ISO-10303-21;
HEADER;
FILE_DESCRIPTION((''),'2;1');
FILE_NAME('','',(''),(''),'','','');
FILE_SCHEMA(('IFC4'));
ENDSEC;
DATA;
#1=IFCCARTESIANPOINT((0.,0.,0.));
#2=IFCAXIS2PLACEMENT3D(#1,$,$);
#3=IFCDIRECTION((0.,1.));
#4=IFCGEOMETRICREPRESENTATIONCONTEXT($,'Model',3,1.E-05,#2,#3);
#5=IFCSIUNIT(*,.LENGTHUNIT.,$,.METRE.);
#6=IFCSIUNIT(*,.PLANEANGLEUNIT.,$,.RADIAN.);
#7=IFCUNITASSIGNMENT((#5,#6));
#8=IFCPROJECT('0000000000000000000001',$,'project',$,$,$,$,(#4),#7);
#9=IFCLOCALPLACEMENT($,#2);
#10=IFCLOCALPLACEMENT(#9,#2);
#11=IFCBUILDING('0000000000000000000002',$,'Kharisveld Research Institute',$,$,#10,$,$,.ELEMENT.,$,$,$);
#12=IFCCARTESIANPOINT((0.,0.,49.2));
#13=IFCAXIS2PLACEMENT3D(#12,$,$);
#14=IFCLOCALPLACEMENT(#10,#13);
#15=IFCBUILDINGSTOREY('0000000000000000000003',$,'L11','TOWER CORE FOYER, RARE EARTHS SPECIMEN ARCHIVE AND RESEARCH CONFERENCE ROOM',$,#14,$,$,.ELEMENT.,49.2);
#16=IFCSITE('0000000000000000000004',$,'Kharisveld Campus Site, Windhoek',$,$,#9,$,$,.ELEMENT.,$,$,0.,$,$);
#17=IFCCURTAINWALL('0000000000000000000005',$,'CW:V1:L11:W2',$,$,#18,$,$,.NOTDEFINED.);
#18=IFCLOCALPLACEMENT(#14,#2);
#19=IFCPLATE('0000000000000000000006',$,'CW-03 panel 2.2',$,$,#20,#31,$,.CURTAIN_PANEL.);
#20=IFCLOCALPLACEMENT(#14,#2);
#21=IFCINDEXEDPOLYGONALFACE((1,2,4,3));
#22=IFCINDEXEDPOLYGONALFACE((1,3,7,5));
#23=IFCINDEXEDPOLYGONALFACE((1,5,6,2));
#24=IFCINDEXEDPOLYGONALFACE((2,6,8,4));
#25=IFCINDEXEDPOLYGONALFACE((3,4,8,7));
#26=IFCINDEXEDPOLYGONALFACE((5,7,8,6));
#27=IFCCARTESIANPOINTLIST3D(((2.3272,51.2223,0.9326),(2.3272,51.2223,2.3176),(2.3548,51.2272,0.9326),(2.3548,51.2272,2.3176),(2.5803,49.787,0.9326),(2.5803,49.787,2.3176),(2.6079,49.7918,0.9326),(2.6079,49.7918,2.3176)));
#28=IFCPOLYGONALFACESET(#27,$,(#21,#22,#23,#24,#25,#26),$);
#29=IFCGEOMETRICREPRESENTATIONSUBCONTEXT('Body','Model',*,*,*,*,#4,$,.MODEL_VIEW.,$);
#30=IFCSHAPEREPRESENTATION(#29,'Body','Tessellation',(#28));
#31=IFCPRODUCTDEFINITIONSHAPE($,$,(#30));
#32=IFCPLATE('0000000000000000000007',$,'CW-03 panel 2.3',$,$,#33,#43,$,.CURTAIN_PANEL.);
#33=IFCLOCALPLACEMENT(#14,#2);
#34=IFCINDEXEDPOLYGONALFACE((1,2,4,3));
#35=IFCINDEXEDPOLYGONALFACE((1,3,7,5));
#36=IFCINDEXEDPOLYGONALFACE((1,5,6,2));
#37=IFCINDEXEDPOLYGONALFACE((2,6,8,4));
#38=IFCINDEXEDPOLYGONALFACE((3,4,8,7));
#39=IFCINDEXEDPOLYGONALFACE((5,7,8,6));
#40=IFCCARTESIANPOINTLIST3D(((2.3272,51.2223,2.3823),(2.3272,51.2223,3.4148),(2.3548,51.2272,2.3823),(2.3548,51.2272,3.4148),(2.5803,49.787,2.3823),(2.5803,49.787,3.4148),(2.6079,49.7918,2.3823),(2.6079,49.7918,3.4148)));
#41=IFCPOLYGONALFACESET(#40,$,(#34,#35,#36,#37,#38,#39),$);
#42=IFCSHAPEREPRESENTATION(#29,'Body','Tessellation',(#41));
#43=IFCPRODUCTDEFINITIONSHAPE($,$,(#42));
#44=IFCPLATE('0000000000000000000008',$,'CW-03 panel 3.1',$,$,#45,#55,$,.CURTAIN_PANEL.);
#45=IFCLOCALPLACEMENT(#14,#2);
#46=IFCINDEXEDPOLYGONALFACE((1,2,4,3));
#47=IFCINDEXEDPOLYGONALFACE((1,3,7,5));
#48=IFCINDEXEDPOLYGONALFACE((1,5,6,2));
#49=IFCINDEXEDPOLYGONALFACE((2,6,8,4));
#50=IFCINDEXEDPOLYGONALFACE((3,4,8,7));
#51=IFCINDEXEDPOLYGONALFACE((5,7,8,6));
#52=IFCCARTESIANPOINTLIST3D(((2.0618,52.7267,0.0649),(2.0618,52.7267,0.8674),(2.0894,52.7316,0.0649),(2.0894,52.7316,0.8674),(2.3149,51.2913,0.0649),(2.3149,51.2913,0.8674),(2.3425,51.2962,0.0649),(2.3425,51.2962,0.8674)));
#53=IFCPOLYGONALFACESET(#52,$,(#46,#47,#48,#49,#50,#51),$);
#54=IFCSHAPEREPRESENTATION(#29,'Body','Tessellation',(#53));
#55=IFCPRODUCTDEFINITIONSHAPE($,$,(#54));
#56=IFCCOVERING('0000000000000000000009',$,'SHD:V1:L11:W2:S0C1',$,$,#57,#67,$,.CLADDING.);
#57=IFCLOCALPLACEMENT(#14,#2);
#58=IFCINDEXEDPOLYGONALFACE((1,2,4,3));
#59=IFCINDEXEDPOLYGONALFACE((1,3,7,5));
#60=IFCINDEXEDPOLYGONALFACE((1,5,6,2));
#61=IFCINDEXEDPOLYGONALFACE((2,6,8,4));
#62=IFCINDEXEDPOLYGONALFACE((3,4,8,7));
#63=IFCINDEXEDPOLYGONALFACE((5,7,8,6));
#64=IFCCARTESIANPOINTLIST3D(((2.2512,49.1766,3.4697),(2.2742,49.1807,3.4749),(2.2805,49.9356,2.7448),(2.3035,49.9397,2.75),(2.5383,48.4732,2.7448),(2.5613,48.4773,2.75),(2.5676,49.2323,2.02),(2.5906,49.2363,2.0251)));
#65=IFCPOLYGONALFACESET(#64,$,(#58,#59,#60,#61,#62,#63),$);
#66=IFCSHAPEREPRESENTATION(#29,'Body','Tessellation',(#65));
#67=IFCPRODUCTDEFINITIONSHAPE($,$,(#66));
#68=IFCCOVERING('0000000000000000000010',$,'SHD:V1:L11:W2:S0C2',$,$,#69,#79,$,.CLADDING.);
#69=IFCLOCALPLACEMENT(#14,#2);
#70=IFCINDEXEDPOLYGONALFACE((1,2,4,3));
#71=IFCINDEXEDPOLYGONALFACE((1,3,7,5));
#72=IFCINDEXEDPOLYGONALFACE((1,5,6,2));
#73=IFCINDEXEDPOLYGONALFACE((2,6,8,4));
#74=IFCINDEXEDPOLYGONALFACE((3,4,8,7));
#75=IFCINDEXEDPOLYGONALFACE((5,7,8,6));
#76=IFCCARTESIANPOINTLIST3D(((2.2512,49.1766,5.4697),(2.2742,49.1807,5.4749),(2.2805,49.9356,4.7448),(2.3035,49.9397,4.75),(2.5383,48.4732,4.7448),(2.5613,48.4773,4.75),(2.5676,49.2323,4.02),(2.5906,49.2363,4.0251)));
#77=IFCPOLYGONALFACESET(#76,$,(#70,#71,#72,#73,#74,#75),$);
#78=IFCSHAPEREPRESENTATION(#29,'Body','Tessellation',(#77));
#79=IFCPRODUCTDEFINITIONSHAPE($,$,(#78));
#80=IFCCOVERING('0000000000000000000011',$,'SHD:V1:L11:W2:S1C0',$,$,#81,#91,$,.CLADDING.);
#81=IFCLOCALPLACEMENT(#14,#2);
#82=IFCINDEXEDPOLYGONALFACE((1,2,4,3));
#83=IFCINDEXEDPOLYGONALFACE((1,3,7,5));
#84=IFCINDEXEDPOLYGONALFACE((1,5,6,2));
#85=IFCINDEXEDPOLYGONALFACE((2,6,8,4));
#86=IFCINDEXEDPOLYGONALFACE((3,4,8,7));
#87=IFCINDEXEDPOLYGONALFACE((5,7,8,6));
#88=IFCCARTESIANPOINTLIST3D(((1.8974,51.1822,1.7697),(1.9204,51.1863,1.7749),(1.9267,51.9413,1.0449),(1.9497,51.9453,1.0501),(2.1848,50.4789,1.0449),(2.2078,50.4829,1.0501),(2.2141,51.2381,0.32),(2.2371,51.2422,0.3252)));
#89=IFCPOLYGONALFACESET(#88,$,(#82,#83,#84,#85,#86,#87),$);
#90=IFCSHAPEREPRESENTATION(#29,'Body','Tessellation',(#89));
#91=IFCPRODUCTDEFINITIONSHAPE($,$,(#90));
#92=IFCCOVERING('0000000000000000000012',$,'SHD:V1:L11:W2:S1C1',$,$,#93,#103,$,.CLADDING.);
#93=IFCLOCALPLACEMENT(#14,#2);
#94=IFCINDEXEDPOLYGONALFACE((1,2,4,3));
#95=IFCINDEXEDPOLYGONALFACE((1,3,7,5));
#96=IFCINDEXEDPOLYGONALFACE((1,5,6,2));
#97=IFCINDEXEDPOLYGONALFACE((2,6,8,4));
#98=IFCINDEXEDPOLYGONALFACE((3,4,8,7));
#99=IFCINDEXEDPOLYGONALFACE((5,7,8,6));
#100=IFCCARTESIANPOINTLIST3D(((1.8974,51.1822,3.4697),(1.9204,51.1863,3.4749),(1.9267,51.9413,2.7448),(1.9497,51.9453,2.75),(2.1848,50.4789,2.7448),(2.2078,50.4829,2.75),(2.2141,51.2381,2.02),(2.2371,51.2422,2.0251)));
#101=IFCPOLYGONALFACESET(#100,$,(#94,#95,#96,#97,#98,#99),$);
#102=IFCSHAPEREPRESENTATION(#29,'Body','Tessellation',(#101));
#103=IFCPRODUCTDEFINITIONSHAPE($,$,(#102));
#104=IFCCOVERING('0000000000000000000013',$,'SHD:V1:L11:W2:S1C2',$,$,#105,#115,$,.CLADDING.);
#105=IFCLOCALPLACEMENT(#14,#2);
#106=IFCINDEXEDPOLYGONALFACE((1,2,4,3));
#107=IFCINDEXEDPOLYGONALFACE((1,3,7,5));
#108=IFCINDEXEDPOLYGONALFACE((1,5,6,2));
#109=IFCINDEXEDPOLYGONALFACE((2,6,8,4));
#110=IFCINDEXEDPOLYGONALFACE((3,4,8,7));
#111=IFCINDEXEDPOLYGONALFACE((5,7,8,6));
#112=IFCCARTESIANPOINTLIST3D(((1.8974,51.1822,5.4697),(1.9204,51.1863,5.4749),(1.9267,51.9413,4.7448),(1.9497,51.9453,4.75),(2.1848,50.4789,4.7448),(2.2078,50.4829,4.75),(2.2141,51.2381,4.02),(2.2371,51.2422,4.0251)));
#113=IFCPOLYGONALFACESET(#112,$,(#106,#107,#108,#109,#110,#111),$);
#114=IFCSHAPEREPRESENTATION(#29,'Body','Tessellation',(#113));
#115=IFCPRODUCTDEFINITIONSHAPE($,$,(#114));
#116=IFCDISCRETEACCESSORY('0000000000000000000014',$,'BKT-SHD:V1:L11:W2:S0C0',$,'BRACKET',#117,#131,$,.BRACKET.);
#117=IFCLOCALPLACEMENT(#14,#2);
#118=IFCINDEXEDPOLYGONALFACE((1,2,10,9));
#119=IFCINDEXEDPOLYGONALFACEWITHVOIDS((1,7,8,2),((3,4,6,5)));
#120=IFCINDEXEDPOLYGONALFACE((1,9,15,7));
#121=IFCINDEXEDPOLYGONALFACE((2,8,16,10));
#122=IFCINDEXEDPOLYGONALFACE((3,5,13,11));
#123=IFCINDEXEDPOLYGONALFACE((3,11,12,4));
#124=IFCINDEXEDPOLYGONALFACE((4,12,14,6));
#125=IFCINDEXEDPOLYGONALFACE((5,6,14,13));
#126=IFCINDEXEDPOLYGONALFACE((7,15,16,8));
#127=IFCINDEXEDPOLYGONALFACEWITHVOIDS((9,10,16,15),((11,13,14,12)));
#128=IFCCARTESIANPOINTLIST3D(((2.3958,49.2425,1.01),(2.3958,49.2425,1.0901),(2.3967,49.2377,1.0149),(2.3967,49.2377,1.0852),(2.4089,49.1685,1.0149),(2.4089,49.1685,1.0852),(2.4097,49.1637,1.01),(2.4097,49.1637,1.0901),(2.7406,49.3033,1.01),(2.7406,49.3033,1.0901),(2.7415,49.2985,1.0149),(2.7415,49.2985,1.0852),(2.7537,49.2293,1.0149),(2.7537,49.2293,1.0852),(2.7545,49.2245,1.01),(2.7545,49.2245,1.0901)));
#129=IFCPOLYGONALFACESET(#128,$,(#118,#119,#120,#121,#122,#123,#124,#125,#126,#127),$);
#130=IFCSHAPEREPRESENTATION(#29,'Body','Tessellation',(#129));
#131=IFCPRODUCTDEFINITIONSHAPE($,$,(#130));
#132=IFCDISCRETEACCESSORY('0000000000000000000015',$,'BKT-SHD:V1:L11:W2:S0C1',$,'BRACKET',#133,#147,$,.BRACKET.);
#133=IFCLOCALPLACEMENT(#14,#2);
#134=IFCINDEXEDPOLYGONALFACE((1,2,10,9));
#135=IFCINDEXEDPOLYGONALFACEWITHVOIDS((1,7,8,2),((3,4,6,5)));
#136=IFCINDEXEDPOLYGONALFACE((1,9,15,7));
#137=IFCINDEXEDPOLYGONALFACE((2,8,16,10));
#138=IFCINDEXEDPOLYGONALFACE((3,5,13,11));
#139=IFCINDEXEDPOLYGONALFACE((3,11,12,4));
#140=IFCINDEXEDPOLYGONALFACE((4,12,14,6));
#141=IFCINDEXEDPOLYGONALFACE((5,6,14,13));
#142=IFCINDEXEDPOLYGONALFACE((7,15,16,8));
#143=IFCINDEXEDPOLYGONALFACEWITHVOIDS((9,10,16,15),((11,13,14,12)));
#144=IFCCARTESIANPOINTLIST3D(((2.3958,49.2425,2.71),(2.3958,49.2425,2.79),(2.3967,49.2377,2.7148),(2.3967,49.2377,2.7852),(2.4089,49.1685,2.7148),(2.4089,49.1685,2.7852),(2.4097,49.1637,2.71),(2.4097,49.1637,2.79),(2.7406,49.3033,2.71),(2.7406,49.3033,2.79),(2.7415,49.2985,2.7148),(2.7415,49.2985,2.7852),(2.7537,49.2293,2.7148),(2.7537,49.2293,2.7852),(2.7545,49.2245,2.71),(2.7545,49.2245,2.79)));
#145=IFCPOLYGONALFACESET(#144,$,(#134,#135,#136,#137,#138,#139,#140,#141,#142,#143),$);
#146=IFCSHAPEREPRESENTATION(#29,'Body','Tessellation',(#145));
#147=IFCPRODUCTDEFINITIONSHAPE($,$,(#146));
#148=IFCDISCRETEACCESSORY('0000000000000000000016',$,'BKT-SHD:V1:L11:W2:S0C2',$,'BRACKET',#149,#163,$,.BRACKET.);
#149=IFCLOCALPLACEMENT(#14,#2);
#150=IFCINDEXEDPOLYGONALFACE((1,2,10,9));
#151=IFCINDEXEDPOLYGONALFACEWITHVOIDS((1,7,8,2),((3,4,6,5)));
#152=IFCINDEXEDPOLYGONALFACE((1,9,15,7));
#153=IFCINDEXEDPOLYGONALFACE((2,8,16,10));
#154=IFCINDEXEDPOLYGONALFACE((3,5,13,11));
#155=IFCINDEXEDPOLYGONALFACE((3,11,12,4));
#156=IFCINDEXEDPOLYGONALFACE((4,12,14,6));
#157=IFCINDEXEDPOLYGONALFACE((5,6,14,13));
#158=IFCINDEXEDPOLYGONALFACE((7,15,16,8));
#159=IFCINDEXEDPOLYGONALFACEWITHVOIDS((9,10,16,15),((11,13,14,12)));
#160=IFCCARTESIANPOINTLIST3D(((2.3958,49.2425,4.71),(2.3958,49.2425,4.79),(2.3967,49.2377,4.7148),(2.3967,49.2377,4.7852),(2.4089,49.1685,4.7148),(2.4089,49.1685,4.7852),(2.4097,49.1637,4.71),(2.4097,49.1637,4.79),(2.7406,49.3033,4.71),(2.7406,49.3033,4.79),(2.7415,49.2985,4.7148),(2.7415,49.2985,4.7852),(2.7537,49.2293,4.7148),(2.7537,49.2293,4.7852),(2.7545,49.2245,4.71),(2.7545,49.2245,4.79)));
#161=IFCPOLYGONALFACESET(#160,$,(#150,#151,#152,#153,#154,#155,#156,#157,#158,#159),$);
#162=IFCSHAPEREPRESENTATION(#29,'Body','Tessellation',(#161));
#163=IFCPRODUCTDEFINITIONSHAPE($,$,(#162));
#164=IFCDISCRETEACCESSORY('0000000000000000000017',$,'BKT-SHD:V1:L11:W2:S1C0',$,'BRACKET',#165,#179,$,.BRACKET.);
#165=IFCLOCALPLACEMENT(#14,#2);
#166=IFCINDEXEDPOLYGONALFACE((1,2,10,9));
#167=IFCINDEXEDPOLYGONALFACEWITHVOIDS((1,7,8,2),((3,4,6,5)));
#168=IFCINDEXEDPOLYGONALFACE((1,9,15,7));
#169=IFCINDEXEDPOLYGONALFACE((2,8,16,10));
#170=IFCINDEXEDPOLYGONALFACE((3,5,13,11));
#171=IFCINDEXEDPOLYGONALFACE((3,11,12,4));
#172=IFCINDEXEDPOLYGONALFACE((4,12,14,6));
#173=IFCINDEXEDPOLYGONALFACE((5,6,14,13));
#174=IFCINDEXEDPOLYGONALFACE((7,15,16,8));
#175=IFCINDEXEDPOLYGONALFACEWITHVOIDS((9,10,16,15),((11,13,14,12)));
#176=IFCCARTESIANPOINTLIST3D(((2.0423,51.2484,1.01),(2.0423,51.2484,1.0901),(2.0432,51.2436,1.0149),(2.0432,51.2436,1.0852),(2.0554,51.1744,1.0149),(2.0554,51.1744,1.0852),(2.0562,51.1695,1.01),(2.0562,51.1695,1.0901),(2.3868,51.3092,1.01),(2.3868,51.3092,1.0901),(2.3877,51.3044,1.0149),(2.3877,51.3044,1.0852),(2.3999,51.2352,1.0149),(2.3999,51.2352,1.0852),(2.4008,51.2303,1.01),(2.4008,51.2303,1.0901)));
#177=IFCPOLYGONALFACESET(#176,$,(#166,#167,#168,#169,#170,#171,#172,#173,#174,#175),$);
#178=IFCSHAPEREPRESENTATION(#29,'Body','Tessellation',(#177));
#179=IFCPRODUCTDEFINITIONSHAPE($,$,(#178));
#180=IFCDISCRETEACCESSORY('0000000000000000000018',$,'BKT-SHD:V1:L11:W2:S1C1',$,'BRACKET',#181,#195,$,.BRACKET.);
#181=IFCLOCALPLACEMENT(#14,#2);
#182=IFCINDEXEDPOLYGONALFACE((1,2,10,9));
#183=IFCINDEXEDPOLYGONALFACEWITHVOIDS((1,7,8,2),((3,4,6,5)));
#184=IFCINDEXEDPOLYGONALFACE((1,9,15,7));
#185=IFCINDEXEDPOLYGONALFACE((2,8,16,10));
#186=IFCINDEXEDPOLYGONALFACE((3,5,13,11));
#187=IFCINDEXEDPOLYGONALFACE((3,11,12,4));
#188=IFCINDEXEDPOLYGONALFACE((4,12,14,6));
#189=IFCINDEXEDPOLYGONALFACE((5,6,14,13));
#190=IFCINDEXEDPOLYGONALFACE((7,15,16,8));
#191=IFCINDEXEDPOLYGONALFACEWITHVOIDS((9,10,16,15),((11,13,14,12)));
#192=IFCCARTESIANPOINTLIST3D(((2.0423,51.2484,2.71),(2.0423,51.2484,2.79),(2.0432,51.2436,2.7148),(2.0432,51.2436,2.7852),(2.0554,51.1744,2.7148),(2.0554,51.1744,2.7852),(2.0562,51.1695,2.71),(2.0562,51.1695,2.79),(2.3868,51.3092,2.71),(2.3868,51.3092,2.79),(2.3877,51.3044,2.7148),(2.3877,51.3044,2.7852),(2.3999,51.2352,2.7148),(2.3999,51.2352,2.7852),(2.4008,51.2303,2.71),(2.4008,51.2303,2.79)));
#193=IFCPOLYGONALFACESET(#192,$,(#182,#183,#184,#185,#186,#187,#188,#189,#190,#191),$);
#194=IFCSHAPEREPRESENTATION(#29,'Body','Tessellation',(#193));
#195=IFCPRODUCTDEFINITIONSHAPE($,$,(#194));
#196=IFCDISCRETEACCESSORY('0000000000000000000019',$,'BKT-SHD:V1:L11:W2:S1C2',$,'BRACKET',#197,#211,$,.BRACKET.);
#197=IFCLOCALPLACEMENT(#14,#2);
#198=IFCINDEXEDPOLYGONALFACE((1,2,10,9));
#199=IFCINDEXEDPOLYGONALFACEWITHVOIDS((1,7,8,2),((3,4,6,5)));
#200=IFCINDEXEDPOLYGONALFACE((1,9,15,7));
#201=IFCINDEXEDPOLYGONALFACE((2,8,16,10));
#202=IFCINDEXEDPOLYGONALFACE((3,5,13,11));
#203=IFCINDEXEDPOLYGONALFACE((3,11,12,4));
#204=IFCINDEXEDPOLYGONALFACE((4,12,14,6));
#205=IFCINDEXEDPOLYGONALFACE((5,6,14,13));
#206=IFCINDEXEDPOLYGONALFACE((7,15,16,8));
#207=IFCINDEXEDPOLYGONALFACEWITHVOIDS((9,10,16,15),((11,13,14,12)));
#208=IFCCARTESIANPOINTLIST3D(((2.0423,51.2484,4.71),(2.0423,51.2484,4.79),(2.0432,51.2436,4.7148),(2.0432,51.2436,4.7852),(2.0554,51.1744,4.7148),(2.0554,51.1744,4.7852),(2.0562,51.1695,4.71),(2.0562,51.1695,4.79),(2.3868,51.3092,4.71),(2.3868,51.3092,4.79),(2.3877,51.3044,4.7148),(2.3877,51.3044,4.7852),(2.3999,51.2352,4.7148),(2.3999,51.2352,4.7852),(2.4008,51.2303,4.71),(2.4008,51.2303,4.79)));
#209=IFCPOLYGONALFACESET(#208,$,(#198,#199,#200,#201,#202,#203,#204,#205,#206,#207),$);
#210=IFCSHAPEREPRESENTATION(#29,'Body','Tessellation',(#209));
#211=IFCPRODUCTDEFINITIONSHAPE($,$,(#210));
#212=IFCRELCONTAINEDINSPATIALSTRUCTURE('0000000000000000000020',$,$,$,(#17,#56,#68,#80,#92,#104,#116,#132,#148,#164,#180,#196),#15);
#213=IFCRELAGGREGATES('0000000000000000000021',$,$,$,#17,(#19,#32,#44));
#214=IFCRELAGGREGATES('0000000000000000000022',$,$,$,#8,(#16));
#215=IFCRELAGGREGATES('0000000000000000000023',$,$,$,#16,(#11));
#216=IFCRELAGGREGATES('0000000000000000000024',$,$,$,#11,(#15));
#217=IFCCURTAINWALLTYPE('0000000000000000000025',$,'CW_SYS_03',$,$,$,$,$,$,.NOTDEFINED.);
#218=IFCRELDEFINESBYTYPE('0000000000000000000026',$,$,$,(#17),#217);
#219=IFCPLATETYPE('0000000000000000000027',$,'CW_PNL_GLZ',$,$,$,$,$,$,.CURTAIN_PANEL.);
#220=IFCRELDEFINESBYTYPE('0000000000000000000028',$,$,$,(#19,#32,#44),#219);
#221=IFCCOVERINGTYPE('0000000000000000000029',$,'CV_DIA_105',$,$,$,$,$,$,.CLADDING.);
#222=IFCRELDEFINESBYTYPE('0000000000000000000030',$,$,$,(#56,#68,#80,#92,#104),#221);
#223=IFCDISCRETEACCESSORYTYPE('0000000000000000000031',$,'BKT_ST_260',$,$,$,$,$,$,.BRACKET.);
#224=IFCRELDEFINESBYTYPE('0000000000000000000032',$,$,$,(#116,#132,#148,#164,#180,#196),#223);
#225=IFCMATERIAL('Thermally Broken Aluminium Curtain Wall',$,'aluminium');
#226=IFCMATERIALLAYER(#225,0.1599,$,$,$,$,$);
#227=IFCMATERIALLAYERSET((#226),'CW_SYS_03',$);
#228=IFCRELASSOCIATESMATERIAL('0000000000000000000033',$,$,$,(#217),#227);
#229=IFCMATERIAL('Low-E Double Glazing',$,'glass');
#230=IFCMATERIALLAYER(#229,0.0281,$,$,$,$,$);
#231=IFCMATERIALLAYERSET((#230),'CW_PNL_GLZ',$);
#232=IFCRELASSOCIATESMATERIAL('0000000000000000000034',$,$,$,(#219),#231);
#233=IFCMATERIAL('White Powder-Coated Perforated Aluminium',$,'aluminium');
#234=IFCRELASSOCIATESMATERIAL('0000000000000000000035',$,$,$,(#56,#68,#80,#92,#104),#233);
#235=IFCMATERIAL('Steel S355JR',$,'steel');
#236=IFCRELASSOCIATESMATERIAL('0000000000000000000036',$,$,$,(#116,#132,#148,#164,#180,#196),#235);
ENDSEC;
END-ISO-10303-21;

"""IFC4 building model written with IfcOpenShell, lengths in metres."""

from ifc_helpers import new_model, si_unit, direction, frame, origin, origin_2d, place, context, subcontext, project, spatial, polyline, rectangle, hollow_rectangle, outline, extrude, material, layer, layer_set, type_object, element, aggregate, save


model = new_model("IFC4")

# Units and contexts
model_context = context("Model", 3, precision=1e-05, world=origin(), true_north=direction((0.0, 1.0)))
body_context = subcontext(model_context, "Body", "Model", "MODEL_VIEW")
ifc_project = project(units=[si_unit("LENGTHUNIT", "METRE"), si_unit("PLANEANGLEUNIT", "RADIAN")], contexts=[model_context])

# Site, building, storey
site_placement = place(None, origin())
site = spatial("IfcSite", under=ifc_project, at=site_placement, Name="Kharisveld Campus Site, Windhoek", CompositionType="ELEMENT", RefElevation=0.0)
building_placement = place(site_placement, origin())
building = spatial("IfcBuilding", under=site, at=building_placement, Name="Kharisveld Research Institute", CompositionType="ELEMENT")
storey_placement = place(building_placement, frame((0.0, 0.0, 49.2)))
storey = spatial("IfcBuildingStorey", under=building, at=storey_placement, Name="L11", Description="TOWER CORE FOYER, RARE EARTHS SPECIMEN ARCHIVE AND RESEARCH CONFERENCE ROOM", CompositionType="ELEMENT", Elevation=49.2)

# Curtain wall, plates
ifc_material_1 = material(Name="Thermally Broken Aluminium Curtain Wall", Category="aluminium")
ifc_layer_1 = layer(ifc_material_1, 0.1599)
ifc_layer_set_1 = layer_set([ifc_layer_1], Name="CW_SYS_03")
curtain_wall_type = type_object("IfcCurtainWallType", Name="CW_SYS_03", PredefinedType="NOTDEFINED", material=ifc_layer_set_1)
curtain_wall_placement = place(storey_placement, origin())
curtain_wall = element("IfcCurtainWall", 1, at=curtain_wall_placement, inside=storey, type_object=curtain_wall_type, Name="CW:V1:L11:W2", PredefinedType="NOTDEFINED")
ifc_material_2 = material(Name="Low-E Double Glazing", Category="glass")
ifc_layer_2 = layer(ifc_material_2, 0.0281)
ifc_layer_set_2 = layer_set([ifc_layer_2], Name="CW_PNL_GLZ")
plate_type = type_object("IfcPlateType", Name="CW_PNL_GLZ", PredefinedType="CURTAIN_PANEL", material=ifc_layer_set_2)
plate_1_placement = place(storey_placement, frame((2.4675, 50.5071, 0.9326), z_axis=(0.0, 0.0, 1.0), x_axis=(-0.173648, 0.984808, 0.0)))
plate_1 = element("IfcPlate", 2, at=plate_1_placement, type_object=plate_type, Name="CW-03 panel 2.2", PredefinedType="CURTAIN_PANEL", context=body_context, shape_type="SweptSolid", body=[
    extrude(rectangle(XDim=1.4575, YDim=0.0281, at=origin_2d()), origin(), (0.0, 0.0, 1.0), 1.385),
])
plate_2_placement = place(storey_placement, frame((2.4675, 50.5071, 2.3823), z_axis=(0.0, 0.0, 1.0), x_axis=(-0.173648, 0.984808, 0.0)))
plate_2 = element("IfcPlate", 3, at=plate_2_placement, type_object=plate_type, Name="CW-03 panel 2.3", PredefinedType="CURTAIN_PANEL", context=body_context, shape_type="SweptSolid", body=[
    extrude(rectangle(XDim=1.4575, YDim=0.0281, at=origin_2d()), origin(), (0.0, 0.0, 1.0), 1.0325),
])
plate_3_placement = place(storey_placement, frame((2.2021, 52.0115, 0.0649), z_axis=(0.0, 0.0, 1.0), x_axis=(-0.173648, 0.984808, 0.0)))
plate_3 = element("IfcPlate", 4, at=plate_3_placement, type_object=plate_type, Name="CW-03 panel 3.1", PredefinedType="CURTAIN_PANEL", context=body_context, shape_type="SweptSolid", body=[
    extrude(rectangle(XDim=1.4575, YDim=0.0281, at=origin_2d()), origin(), (0.0, 0.0, 1.0), 0.8025),
])
aggregate(curtain_wall, [plate_1, plate_2, plate_3])

# Coverings
ifc_material_3 = material(Name="White Powder-Coated Perforated Aluminium", Category="aluminium")
covering_type = type_object("IfcCoveringType", Name="CV_DIA_105", PredefinedType="CLADDING")
for number, where, z_axis, x_axis, name in (
    (5, (2.5906, 49.2363, 2.0251), (0.961487, 0.169504, 0.216358), (-0.273429, 0.669853, 0.690314), "SHD:V1:L11:W2:S0C1"),
    (6, (2.5906, 49.2363, 4.0251), (0.961487, 0.169504, 0.216358), (-0.273429, 0.669853, 0.690314), "SHD:V1:L11:W2:S0C2"),
):
    element("IfcCovering", number, at=place(storey_placement, frame(where, z_axis=z_axis, x_axis=x_axis)), inside=storey, type_object=covering_type, material=ifc_material_3, Name=name, PredefinedType="CLADDING", context=body_context, shape_type="SweptSolid", body=[
        extrude(outline(polyline([(0.0, 0.0), (1.05, 0.0), (1.05, 1.05), (-0.0001, 1.05), (0.0, 0.0)])), origin(), (0.0, 0.0, -1.0), 0.0239),
    ])
for number, where, z_axis, x_axis, name in (
    (7, (2.2371, 51.2422, 0.3252), (0.96142, 0.169653, 0.21654), (-0.273667, 0.669686, 0.690382), "SHD:V1:L11:W2:S1C0"),
    (8, (2.2371, 51.2422, 2.0251), (0.96142, 0.169653, 0.21654), (-0.273667, 0.669686, 0.690382), "SHD:V1:L11:W2:S1C1"),
    (9, (2.2371, 51.2422, 4.0251), (0.96142, 0.169653, 0.21654), (-0.273667, 0.669686, 0.690382), "SHD:V1:L11:W2:S1C2"),
):
    element("IfcCovering", number, at=place(storey_placement, frame(where, z_axis=z_axis, x_axis=x_axis)), inside=storey, type_object=covering_type, material=ifc_material_3, Name=name, PredefinedType="CLADDING", context=body_context, shape_type="SweptSolid", body=[
        extrude(outline(polyline([(0.0, 0.0), (1.0499, 0.0), (1.0501, 1.05), (0.0, 1.0501), (0.0, 0.0)])), origin(), (0.0, 0.0, -1.0), 0.0239),
    ])

# Discrete accessories
ifc_material_4 = material(Name="Steel S355JR", Category="steel")
discrete_accessory_type = type_object("IfcDiscreteAccessoryType", Name="BKT_ST_260", PredefinedType="BRACKET")
for number, where, z_axis, x_axis, name in (
    (10, (2.7476, 49.2639, 1.05), (-0.984805, -0.173666, 0.0), (0.173666, -0.984805, 0.0), "BKT-SHD:V1:L11:W2:S0C0"),
    (11, (2.7476, 49.2639, 2.75), (-0.984805, -0.173666, 0.0), (0.173666, -0.984805, 0.0), "BKT-SHD:V1:L11:W2:S0C1"),
    (12, (2.7476, 49.2639, 4.75), (-0.984805, -0.173666, 0.0), (0.173666, -0.984805, 0.0), "BKT-SHD:V1:L11:W2:S0C2"),
):
    element("IfcDiscreteAccessory", number, at=place(storey_placement, frame(where, z_axis=z_axis, x_axis=x_axis)), inside=storey, type_object=discrete_accessory_type, material=ifc_material_4, Name=name, ObjectType="BRACKET", PredefinedType="BRACKET", context=body_context, shape_type="SweptSolid", body=[
        extrude(hollow_rectangle(XDim=0.0801, YDim=0.0801, WallThickness=0.0049, at=origin_2d()), origin(), (0.0, 0.0, 1.0), 0.3501),
    ])
for number, where, z_axis, x_axis, name in (
    (13, (2.3938, 51.2698, 1.05), (-0.984784, -0.173785, 0.0), (0.173785, -0.984784, 0.0), "BKT-SHD:V1:L11:W2:S1C0"),
    (14, (2.3938, 51.2698, 2.75), (-0.984784, -0.173785, 0.0), (0.173785, -0.984784, 0.0), "BKT-SHD:V1:L11:W2:S1C1"),
    (15, (2.3938, 51.2698, 4.75), (-0.984784, -0.173785, 0.0), (0.173785, -0.984784, 0.0), "BKT-SHD:V1:L11:W2:S1C2"),
):
    element("IfcDiscreteAccessory", number, at=place(storey_placement, frame(where, z_axis=z_axis, x_axis=x_axis)), inside=storey, type_object=discrete_accessory_type, material=ifc_material_4, Name=name, ObjectType="BRACKET", PredefinedType="BRACKET", context=body_context, shape_type="SweptSolid", body=[
        extrude(hollow_rectangle(XDim=0.0801, YDim=0.0801, WallThickness=0.0049, at=origin_2d()), origin(), (0.0, 0.0, 1.0), 0.3499),
    ])

save(model, "model.ifc")
